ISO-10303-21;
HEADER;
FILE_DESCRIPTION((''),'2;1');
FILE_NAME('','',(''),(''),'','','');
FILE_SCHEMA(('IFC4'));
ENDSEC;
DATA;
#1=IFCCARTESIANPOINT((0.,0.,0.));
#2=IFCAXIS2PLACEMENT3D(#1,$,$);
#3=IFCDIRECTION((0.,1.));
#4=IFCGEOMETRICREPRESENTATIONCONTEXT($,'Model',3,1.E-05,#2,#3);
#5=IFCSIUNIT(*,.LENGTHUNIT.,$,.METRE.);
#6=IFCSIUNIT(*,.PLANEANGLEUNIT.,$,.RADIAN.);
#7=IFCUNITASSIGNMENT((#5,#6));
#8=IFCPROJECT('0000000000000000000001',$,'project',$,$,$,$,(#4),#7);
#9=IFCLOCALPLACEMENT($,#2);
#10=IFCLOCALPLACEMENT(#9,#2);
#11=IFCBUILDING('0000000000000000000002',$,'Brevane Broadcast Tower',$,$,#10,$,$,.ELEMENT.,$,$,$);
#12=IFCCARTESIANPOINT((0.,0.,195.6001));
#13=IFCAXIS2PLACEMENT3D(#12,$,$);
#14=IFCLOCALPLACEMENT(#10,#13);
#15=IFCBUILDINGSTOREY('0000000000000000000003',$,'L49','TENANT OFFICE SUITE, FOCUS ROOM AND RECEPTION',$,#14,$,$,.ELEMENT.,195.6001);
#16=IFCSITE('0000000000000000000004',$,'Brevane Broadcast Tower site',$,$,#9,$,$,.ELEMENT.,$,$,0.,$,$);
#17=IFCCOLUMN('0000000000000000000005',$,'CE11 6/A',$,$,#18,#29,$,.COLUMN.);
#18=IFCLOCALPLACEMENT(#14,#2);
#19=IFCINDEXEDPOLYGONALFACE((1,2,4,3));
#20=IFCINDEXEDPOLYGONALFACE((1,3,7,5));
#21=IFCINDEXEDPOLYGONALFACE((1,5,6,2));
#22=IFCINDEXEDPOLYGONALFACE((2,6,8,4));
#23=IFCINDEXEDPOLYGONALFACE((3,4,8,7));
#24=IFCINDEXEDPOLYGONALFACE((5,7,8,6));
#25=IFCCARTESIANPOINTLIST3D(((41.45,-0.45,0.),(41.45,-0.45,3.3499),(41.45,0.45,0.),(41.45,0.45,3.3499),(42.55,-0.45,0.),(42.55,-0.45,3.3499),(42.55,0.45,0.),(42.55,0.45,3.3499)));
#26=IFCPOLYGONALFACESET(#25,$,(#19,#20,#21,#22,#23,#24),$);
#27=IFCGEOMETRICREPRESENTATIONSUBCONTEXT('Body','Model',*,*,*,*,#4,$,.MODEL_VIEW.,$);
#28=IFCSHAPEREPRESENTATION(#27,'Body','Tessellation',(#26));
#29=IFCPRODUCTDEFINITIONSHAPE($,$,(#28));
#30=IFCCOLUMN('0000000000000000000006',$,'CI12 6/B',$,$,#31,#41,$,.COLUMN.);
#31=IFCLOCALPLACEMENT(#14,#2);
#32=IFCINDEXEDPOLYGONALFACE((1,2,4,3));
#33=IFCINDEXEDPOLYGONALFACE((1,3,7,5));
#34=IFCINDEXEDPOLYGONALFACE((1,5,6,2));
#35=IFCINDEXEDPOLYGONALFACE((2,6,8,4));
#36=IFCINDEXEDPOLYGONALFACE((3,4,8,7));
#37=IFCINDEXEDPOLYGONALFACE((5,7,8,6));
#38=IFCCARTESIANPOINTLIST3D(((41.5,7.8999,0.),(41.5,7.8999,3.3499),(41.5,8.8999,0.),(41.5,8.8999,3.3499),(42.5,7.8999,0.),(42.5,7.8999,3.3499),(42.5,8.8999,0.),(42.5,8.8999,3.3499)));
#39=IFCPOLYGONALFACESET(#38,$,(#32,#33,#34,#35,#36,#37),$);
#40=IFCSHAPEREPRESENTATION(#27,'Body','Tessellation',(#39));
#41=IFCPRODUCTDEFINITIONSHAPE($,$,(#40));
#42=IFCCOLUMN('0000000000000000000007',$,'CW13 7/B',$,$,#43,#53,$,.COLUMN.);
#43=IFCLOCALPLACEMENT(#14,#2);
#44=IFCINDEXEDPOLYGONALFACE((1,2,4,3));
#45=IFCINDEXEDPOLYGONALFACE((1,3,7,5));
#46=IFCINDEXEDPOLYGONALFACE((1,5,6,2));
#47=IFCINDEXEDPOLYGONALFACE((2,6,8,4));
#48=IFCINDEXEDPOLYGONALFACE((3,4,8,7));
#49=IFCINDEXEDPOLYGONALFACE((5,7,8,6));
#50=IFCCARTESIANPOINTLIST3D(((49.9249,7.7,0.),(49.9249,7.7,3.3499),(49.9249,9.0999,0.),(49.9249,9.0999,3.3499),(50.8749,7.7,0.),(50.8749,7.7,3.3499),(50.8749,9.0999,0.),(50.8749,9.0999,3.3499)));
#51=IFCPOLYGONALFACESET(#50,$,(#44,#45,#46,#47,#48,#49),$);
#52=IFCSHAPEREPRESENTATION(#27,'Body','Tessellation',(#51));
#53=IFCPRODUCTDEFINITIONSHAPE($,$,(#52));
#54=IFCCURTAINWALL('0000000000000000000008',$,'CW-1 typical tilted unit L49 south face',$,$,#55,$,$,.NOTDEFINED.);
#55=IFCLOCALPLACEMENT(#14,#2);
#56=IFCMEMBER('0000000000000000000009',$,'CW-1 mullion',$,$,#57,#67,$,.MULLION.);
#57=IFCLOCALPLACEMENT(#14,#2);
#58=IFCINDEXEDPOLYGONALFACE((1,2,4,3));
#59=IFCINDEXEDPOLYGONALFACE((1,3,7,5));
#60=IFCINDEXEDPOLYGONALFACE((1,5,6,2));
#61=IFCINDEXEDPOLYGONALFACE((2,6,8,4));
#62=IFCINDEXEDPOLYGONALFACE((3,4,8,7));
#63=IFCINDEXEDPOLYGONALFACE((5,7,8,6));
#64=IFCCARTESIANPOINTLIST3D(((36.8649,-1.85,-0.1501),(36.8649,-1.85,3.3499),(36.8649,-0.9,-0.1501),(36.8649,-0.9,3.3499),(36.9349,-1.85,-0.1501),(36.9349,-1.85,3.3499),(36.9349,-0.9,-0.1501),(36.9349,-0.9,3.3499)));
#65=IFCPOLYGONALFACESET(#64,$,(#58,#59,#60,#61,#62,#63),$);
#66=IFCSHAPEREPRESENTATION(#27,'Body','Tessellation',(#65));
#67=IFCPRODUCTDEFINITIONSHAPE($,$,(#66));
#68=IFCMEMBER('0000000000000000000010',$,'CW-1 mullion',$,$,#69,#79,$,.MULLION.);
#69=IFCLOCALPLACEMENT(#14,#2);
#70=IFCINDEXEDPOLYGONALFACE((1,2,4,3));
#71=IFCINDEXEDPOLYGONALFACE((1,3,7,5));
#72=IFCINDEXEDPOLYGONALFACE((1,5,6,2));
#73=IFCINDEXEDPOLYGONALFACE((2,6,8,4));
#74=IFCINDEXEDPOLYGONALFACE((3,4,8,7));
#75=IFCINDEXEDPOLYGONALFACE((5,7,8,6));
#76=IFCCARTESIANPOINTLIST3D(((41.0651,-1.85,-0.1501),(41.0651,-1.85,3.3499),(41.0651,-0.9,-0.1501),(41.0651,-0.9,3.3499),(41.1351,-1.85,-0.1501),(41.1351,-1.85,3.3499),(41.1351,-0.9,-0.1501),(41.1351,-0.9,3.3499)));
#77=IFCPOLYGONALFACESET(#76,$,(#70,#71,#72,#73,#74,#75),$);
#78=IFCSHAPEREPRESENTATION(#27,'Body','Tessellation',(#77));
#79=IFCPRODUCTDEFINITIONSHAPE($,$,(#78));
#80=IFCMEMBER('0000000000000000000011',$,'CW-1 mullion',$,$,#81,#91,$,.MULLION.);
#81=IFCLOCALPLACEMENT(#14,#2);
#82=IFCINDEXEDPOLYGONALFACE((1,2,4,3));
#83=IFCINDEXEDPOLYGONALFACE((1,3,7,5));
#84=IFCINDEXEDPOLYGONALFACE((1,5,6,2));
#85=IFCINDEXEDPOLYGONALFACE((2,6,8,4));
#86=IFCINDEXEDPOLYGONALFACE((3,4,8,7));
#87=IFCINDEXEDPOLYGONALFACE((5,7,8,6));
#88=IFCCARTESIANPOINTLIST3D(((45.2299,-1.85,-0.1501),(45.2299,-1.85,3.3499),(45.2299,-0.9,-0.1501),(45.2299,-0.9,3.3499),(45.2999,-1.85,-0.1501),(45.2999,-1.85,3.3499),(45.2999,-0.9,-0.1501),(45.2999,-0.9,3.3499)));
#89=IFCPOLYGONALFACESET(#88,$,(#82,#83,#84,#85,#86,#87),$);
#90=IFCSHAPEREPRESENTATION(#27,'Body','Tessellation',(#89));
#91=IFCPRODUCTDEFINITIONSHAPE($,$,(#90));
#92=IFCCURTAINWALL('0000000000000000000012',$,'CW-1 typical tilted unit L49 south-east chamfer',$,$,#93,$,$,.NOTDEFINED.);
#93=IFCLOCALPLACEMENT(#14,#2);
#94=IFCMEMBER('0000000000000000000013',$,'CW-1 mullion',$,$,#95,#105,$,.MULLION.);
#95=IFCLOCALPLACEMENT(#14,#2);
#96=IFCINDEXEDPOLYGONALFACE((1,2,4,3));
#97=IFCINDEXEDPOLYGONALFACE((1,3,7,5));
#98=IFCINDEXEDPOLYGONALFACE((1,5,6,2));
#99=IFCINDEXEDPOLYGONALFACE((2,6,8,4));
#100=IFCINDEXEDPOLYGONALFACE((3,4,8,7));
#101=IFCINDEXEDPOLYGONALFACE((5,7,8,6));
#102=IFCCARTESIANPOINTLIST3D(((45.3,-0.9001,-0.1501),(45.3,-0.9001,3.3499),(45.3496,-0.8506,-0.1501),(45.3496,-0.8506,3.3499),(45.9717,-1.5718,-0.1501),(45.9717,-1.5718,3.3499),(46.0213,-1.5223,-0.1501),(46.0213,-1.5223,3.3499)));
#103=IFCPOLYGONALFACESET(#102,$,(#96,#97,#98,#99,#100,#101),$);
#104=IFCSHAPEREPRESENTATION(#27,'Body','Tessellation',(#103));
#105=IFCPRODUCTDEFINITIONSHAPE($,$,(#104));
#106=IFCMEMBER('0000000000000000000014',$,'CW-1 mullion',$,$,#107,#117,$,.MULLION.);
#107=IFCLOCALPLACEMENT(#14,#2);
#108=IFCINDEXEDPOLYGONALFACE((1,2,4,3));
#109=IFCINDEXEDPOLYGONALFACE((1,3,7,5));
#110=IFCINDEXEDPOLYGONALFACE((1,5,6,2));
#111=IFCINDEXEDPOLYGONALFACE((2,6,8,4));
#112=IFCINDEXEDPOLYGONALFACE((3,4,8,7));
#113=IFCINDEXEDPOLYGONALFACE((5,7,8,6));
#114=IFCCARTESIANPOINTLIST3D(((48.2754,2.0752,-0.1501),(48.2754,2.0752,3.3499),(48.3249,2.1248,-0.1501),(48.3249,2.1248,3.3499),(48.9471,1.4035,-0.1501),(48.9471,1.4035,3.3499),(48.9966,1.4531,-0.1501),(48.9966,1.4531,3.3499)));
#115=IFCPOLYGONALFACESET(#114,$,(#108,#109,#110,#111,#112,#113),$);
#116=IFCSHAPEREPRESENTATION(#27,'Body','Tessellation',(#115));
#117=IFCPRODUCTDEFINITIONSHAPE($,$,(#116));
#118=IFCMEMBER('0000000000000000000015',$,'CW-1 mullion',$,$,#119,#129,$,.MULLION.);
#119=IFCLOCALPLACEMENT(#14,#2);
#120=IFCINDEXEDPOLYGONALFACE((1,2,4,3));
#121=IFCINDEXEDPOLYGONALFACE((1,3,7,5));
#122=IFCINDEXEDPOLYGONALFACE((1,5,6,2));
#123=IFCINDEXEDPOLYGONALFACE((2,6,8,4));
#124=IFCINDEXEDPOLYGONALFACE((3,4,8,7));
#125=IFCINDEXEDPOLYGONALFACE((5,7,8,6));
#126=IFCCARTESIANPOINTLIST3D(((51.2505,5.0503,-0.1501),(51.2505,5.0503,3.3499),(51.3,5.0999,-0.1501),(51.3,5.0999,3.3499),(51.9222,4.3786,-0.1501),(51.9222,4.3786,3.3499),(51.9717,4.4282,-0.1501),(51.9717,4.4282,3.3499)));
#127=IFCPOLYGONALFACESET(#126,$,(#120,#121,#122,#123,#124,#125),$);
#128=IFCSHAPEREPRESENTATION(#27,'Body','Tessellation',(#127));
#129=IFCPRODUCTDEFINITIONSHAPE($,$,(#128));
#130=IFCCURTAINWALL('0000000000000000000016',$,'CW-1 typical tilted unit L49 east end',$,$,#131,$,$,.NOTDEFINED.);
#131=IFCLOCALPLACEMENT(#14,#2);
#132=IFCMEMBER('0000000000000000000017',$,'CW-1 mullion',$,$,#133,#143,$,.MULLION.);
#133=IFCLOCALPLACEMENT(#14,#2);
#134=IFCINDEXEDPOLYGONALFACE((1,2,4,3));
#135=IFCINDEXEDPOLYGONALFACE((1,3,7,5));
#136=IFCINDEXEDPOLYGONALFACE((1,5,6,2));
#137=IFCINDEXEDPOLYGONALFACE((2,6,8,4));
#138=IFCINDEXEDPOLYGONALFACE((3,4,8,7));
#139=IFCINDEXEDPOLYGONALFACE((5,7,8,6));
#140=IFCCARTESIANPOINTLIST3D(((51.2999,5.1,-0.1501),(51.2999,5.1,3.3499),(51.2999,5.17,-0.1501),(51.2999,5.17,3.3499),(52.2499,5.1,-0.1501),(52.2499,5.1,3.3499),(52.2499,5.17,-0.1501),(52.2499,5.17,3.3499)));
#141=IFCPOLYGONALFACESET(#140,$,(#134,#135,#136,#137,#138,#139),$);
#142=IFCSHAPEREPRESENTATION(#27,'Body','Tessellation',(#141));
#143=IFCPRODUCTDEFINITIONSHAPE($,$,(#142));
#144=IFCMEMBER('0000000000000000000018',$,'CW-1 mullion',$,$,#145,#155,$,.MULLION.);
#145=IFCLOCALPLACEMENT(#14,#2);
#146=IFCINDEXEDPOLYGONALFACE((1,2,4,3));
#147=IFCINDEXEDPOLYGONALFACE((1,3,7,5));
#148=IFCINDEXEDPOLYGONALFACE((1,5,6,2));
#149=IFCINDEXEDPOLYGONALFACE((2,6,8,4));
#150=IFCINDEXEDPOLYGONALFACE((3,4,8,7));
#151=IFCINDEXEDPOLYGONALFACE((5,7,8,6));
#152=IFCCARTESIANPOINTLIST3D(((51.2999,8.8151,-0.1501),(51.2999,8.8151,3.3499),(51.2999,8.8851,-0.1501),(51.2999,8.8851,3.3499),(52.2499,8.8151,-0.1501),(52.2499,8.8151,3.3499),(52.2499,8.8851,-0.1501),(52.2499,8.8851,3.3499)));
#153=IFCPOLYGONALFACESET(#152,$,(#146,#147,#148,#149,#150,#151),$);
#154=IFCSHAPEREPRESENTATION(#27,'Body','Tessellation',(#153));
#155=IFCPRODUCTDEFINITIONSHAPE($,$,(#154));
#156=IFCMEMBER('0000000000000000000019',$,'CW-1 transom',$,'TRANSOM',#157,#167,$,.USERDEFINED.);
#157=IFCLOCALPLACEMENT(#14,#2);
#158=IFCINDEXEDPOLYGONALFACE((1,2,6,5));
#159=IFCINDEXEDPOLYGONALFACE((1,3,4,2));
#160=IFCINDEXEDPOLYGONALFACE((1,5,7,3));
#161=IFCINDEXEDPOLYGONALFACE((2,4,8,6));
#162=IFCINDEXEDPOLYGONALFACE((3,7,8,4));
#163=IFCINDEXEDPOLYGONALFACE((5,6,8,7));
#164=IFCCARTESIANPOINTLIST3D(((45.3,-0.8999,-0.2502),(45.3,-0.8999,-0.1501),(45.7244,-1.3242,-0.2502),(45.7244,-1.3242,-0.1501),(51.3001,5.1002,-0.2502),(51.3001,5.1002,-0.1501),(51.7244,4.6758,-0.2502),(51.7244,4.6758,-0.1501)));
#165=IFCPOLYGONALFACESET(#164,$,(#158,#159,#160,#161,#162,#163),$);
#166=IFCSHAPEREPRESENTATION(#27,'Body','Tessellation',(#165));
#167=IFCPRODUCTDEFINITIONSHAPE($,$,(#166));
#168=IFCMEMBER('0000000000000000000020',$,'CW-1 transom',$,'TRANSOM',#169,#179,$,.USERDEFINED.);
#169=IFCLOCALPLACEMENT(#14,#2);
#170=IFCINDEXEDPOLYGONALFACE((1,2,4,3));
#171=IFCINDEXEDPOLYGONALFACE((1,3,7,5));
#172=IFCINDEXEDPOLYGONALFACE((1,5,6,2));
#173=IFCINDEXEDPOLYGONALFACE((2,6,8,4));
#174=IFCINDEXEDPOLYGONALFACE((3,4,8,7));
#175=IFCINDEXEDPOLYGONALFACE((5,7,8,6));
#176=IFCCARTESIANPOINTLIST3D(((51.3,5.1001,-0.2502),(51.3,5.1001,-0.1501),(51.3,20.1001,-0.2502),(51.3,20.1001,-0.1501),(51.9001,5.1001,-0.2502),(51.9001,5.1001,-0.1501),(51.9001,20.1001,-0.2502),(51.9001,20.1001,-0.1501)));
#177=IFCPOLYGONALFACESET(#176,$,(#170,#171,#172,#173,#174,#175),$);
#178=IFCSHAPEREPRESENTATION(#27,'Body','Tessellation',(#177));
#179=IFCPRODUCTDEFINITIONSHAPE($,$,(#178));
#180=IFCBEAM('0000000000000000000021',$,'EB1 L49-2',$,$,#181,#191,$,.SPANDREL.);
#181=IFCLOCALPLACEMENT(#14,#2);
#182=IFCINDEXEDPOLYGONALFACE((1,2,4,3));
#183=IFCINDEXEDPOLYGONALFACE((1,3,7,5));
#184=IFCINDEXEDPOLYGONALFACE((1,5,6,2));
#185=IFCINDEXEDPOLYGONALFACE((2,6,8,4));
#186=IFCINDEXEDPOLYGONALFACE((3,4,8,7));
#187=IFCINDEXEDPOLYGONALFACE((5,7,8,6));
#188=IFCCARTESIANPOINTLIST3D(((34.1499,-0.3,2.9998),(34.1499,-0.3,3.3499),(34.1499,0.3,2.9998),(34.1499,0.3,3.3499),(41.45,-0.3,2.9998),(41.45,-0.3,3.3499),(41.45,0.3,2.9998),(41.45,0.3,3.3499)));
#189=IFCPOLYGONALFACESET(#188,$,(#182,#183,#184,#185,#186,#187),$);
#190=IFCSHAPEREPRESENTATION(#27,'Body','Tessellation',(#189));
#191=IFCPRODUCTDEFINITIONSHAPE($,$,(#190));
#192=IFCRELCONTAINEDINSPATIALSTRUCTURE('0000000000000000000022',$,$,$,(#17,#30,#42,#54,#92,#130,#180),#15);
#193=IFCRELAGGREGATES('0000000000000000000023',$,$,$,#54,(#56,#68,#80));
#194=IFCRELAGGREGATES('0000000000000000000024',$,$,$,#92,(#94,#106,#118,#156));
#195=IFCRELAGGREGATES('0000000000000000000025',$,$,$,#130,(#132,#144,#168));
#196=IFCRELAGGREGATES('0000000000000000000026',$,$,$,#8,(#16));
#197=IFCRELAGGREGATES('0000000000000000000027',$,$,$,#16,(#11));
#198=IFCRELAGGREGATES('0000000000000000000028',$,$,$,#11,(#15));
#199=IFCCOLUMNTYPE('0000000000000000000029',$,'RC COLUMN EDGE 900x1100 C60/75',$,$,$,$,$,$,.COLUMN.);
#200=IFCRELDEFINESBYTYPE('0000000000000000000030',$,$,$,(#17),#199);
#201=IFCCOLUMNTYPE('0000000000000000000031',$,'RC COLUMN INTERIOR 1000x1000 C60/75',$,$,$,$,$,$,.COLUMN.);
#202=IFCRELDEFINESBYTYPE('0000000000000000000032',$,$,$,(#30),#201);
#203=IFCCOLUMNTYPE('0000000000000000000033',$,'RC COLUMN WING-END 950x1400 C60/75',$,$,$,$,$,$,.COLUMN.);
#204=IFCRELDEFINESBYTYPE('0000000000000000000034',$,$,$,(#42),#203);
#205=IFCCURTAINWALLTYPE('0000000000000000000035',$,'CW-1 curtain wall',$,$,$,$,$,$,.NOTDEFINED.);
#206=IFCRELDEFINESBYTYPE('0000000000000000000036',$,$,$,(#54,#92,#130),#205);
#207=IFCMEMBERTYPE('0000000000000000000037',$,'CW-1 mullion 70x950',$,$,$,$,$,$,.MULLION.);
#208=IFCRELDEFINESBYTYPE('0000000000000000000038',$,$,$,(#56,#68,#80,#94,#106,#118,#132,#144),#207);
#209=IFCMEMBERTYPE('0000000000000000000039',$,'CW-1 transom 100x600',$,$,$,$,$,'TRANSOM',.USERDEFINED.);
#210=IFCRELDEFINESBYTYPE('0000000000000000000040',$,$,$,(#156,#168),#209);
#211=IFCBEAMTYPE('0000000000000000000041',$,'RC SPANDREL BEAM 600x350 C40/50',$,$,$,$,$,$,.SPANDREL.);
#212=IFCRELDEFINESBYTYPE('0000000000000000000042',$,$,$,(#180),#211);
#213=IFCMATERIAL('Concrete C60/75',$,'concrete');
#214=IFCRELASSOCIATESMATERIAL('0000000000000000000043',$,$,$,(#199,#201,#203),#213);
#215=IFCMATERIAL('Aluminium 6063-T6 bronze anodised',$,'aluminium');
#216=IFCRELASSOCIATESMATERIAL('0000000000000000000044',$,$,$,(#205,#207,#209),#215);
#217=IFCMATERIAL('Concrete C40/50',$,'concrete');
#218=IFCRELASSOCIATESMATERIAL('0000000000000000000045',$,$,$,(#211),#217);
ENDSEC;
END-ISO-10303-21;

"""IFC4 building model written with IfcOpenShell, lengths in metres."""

from ifc_helpers import new_model, si_unit, direction, frame, origin, origin_2d, place, context, subcontext, project, spatial, rectangle, extrude, material, material_profile, profile_set, type_object, element, aggregate, save


model = new_model("IFC4")

# Units and contexts
model_context = context("Model", 3, precision=1e-05, world=origin(), true_north=direction((0.0, 1.0)))
body_context = subcontext(model_context, "Body", "Model", "MODEL_VIEW")
ifc_project = project(units=[si_unit("LENGTHUNIT", "METRE"), si_unit("PLANEANGLEUNIT", "RADIAN")], contexts=[model_context])

# Site, building, storey
site_placement = place(None, origin())
site = spatial("IfcSite", under=ifc_project, at=site_placement, Name="Brevane Broadcast Tower site", CompositionType="ELEMENT", RefElevation=0.0)
building_placement = place(site_placement, origin())
building = spatial("IfcBuilding", under=site, at=building_placement, Name="Brevane Broadcast Tower", CompositionType="ELEMENT")
storey_placement = place(building_placement, frame((0.0, 0.0, 195.6001)))
storey = spatial("IfcBuildingStorey", under=building, at=storey_placement, Name="L49", Description="TENANT OFFICE SUITE, FOCUS ROOM AND RECEPTION", CompositionType="ELEMENT", Elevation=195.6001)

# Columns
ifc_material_1 = material(Name="Concrete C60/75", Category="concrete")
ifc_material_profile_1 = material_profile(ifc_material_1, rectangle(XDim=0.8999, YDim=1.1001, at=origin_2d()), Name="RC 900x1100")
ifc_profile_set_1 = profile_set([ifc_material_profile_1], Name="Concrete C60/75")
column_type_1 = type_object("IfcColumnType", Name="RC COLUMN EDGE 900x1100 C60/75", PredefinedType="COLUMN", material=ifc_profile_set_1)
column_1_placement = place(storey_placement, frame((42.0, 0.0, 0.0), z_axis=(0.0, 0.0, 1.0), x_axis=(0.0, 1.0, 0.0)))
element("IfcColumn", 1, at=column_1_placement, inside=storey, type_object=column_type_1, Name="CE11 6/A", PredefinedType="COLUMN", context=body_context, shape_type="SweptSolid", body=[
    extrude(rectangle(XDim=0.8999, YDim=1.1001, at=origin_2d()), origin(), (0.0, 0.0, 1.0), 3.3499),
])
ifc_material_profile_2 = material_profile(ifc_material_1, rectangle(XDim=1.0, YDim=1.0, at=origin_2d()), Name="RC 1000x1000")
ifc_profile_set_2 = profile_set([ifc_material_profile_2], Name="Concrete C60/75")
column_type_2 = type_object("IfcColumnType", Name="RC COLUMN INTERIOR 1000x1000 C60/75", PredefinedType="COLUMN", material=ifc_profile_set_2)
column_2_placement = place(storey_placement, frame((42.0, 8.3999, 0.0), z_axis=(0.0, 0.0, 1.0), x_axis=(1.0, 0.0, 0.0)))
element("IfcColumn", 2, at=column_2_placement, inside=storey, type_object=column_type_2, Name="CI12 6/B", PredefinedType="COLUMN", context=body_context, shape_type="SweptSolid", body=[
    extrude(rectangle(XDim=1.0, YDim=1.0, at=origin_2d()), origin(), (0.0, 0.0, 1.0), 3.3499),
])
ifc_material_profile_3 = material_profile(ifc_material_1, rectangle(XDim=0.95, YDim=1.3999, at=origin_2d()), Name="RC 950x1400")
ifc_profile_set_3 = profile_set([ifc_material_profile_3], Name="Concrete C60/75")
column_type_3 = type_object("IfcColumnType", Name="RC COLUMN WING-END 950x1400 C60/75", PredefinedType="COLUMN", material=ifc_profile_set_3)
column_3_placement = place(storey_placement, frame((50.3999, 8.3999, 0.0), z_axis=(0.0, 0.0, 1.0), x_axis=(1.0, 0.0, 0.0)))
element("IfcColumn", 3, at=column_3_placement, inside=storey, type_object=column_type_3, Name="CW13 7/B", PredefinedType="COLUMN", context=body_context, shape_type="SweptSolid", body=[
    extrude(rectangle(XDim=0.95, YDim=1.3999, at=origin_2d()), origin(), (0.0, 0.0, 1.0), 3.3499),
])

# Curtain walls, members
ifc_material_2 = material(Name="Aluminium 6063-T6 bronze anodised", Category="aluminium")
curtain_wall_type = type_object("IfcCurtainWallType", Name="CW-1 curtain wall", PredefinedType="NOTDEFINED", material=ifc_material_2)
curtain_wall_1_placement = place(storey_placement, origin())
curtain_wall_1 = element("IfcCurtainWall", 4, at=curtain_wall_1_placement, inside=storey, type_object=curtain_wall_type, Name="CW-1 typical tilted unit L49 south face", PredefinedType="NOTDEFINED")
ifc_material_profile_4 = material_profile(ifc_material_2, rectangle(XDim=0.95, YDim=0.0701, at=origin_2d()), Name="RECT 70x950")
ifc_profile_set_4 = profile_set([ifc_material_profile_4], Name="Aluminium 6063-T6 bronze anodised")
member_type_1 = type_object("IfcMemberType", Name="CW-1 mullion 70x950", PredefinedType="MULLION", material=ifc_profile_set_4)
member_1_placement = place(storey_placement, frame((36.8999, -1.375, -0.1501), z_axis=(0.0, 0.0, 1.0), x_axis=(0.0, 1.0, 0.0)))
member_1 = element("IfcMember", 5, at=member_1_placement, type_object=member_type_1, Name="CW-1 mullion", PredefinedType="MULLION", context=body_context, shape_type="SweptSolid", body=[
    extrude(rectangle(XDim=0.95, YDim=0.0701, at=origin_2d()), origin(), (0.0, 0.0, 1.0), 3.5),
])
member_2_placement = place(storey_placement, frame((41.1001, -1.375, -0.1501), z_axis=(0.0, 0.0, 1.0), x_axis=(0.0, 1.0, 0.0)))
member_2 = element("IfcMember", 6, at=member_2_placement, type_object=member_type_1, Name="CW-1 mullion", PredefinedType="MULLION", context=body_context, shape_type="SweptSolid", body=[
    extrude(rectangle(XDim=0.95, YDim=0.0701, at=origin_2d()), origin(), (0.0, 0.0, 1.0), 3.5),
])
member_3_placement = place(storey_placement, frame((45.2649, -1.375, -0.1501), z_axis=(0.0, 0.0, 1.0), x_axis=(0.0, 1.0, 0.0)))
member_3 = element("IfcMember", 7, at=member_3_placement, type_object=member_type_1, Name="CW-1 mullion", PredefinedType="MULLION", context=body_context, shape_type="SweptSolid", body=[
    extrude(rectangle(XDim=0.95, YDim=0.0701, at=origin_2d()), origin(), (0.0, 0.0, 1.0), 3.5),
])
aggregate(curtain_wall_1, [member_1, member_2, member_3])
curtain_wall_2_placement = place(storey_placement, origin())
curtain_wall_2 = element("IfcCurtainWall", 8, at=curtain_wall_2_placement, inside=storey, type_object=curtain_wall_type, Name="CW-1 typical tilted unit L49 south-east chamfer", PredefinedType="NOTDEFINED")
member_4_placement = place(storey_placement, frame((45.6606, -1.2112, -0.1501), z_axis=(0.0, 0.0, 1.0), x_axis=(-0.707107, 0.707107, 0.0)))
member_4 = element("IfcMember", 9, at=member_4_placement, type_object=member_type_1, Name="CW-1 mullion", PredefinedType="MULLION", context=body_context, shape_type="SweptSolid", body=[
    extrude(rectangle(XDim=0.95, YDim=0.0701, at=origin_2d()), origin(), (0.0, 0.0, 1.0), 3.5),
])
member_5_placement = place(storey_placement, frame((48.636, 1.7642, -0.1501), z_axis=(0.0, 0.0, 1.0), x_axis=(-0.707107, 0.707107, 0.0)))
member_5 = element("IfcMember", 10, at=member_5_placement, type_object=member_type_1, Name="CW-1 mullion", PredefinedType="MULLION", context=body_context, shape_type="SweptSolid", body=[
    extrude(rectangle(XDim=0.95, YDim=0.0701, at=origin_2d()), origin(), (0.0, 0.0, 1.0), 3.5),
])
member_6_placement = place(storey_placement, frame((51.6111, 4.7393, -0.1501), z_axis=(0.0, 0.0, 1.0), x_axis=(-0.707107, 0.707107, 0.0)))
member_6 = element("IfcMember", 11, at=member_6_placement, type_object=member_type_1, Name="CW-1 mullion", PredefinedType="MULLION", context=body_context, shape_type="SweptSolid", body=[
    extrude(rectangle(XDim=0.95, YDim=0.0701, at=origin_2d()), origin(), (0.0, 0.0, 1.0), 3.5),
])
curtain_wall_3_placement = place(storey_placement, origin())
curtain_wall_3 = element("IfcCurtainWall", 12, at=curtain_wall_3_placement, inside=storey, type_object=curtain_wall_type, Name="CW-1 typical tilted unit L49 east end", PredefinedType="NOTDEFINED")
member_7_placement = place(storey_placement, frame((51.7749, 5.135, -0.1501), z_axis=(0.0, 0.0, 1.0), x_axis=(-1.0, 0.0, 0.0)))
member_7 = element("IfcMember", 13, at=member_7_placement, type_object=member_type_1, Name="CW-1 mullion", PredefinedType="MULLION", context=body_context, shape_type="SweptSolid", body=[
    extrude(rectangle(XDim=0.95, YDim=0.0701, at=origin_2d()), origin(), (0.0, 0.0, 1.0), 3.5),
])
member_8_placement = place(storey_placement, frame((51.7749, 8.8501, -0.1501), z_axis=(0.0, 0.0, 1.0), x_axis=(-1.0, 0.0, 0.0)))
member_8 = element("IfcMember", 14, at=member_8_placement, type_object=member_type_1, Name="CW-1 mullion", PredefinedType="MULLION", context=body_context, shape_type="SweptSolid", body=[
    extrude(rectangle(XDim=0.95, YDim=0.0701, at=origin_2d()), origin(), (0.0, 0.0, 1.0), 3.5),
])

# Members
ifc_material_profile_5 = material_profile(ifc_material_2, rectangle(XDim=0.6001, YDim=0.1001, at=origin_2d()), Name="RECT 100x600")
ifc_profile_set_5 = profile_set([ifc_material_profile_5], Name="Aluminium 6063-T6 bronze anodised")
member_type_2 = type_object("IfcMemberType", Name="CW-1 transom 100x600", ElementType="TRANSOM", PredefinedType="USERDEFINED", material=ifc_profile_set_5)
member_9_placement = place(storey_placement, frame((45.5122, -1.1121, -0.2002), z_axis=(0.707107, 0.707107, 0.0), x_axis=(-0.707107, 0.707107, 0.0)))
member_9 = element("IfcMember", 15, at=member_9_placement, type_object=member_type_2, Name="CW-1 transom", ObjectType="TRANSOM", PredefinedType="USERDEFINED", context=body_context, shape_type="SweptSolid", body=[
    extrude(rectangle(XDim=0.6001, YDim=0.1001, at=origin_2d()), origin(), (0.0, 0.0, 1.0), 8.4854),
])
aggregate(curtain_wall_2, [member_4, member_5, member_6, member_9])
member_10_placement = place(storey_placement, frame((51.6001, 5.1001, -0.2002), z_axis=(0.0, 1.0, 0.0), x_axis=(-1.0, 0.0, 0.0)))
member_10 = element("IfcMember", 16, at=member_10_placement, type_object=member_type_2, Name="CW-1 transom", ObjectType="TRANSOM", PredefinedType="USERDEFINED", context=body_context, shape_type="SweptSolid", body=[
    extrude(rectangle(XDim=0.6001, YDim=0.1001, at=origin_2d()), origin(), (0.0, 0.0, 1.0), 15.0),
])
aggregate(curtain_wall_3, [member_7, member_8, member_10])

# Beam
ifc_material_3 = material(Name="Concrete C40/50", Category="concrete")
ifc_material_profile_6 = material_profile(ifc_material_3, rectangle(XDim=0.6001, YDim=0.3501, at=origin_2d()), Name="RC 600x350")
ifc_profile_set_6 = profile_set([ifc_material_profile_6], Name="Concrete C40/50")
beam_type = type_object("IfcBeamType", Name="RC SPANDREL BEAM 600x350 C40/50", PredefinedType="SPANDREL", material=ifc_profile_set_6)
beam_1_placement = place(storey_placement, frame((34.1499, 0.0, 3.1748), z_axis=(1.0, 0.0, 0.0), x_axis=(0.0, 1.0, 0.0)))
element("IfcBeam", 17, at=beam_1_placement, inside=storey, type_object=beam_type, Name="EB1 L49-2", PredefinedType="SPANDREL", context=body_context, shape_type="SweptSolid", body=[
    extrude(rectangle(XDim=0.6001, YDim=0.3501, at=origin_2d()), origin(), (0.0, 0.0, 1.0), 7.3),
])

save(model, "model.ifc")
